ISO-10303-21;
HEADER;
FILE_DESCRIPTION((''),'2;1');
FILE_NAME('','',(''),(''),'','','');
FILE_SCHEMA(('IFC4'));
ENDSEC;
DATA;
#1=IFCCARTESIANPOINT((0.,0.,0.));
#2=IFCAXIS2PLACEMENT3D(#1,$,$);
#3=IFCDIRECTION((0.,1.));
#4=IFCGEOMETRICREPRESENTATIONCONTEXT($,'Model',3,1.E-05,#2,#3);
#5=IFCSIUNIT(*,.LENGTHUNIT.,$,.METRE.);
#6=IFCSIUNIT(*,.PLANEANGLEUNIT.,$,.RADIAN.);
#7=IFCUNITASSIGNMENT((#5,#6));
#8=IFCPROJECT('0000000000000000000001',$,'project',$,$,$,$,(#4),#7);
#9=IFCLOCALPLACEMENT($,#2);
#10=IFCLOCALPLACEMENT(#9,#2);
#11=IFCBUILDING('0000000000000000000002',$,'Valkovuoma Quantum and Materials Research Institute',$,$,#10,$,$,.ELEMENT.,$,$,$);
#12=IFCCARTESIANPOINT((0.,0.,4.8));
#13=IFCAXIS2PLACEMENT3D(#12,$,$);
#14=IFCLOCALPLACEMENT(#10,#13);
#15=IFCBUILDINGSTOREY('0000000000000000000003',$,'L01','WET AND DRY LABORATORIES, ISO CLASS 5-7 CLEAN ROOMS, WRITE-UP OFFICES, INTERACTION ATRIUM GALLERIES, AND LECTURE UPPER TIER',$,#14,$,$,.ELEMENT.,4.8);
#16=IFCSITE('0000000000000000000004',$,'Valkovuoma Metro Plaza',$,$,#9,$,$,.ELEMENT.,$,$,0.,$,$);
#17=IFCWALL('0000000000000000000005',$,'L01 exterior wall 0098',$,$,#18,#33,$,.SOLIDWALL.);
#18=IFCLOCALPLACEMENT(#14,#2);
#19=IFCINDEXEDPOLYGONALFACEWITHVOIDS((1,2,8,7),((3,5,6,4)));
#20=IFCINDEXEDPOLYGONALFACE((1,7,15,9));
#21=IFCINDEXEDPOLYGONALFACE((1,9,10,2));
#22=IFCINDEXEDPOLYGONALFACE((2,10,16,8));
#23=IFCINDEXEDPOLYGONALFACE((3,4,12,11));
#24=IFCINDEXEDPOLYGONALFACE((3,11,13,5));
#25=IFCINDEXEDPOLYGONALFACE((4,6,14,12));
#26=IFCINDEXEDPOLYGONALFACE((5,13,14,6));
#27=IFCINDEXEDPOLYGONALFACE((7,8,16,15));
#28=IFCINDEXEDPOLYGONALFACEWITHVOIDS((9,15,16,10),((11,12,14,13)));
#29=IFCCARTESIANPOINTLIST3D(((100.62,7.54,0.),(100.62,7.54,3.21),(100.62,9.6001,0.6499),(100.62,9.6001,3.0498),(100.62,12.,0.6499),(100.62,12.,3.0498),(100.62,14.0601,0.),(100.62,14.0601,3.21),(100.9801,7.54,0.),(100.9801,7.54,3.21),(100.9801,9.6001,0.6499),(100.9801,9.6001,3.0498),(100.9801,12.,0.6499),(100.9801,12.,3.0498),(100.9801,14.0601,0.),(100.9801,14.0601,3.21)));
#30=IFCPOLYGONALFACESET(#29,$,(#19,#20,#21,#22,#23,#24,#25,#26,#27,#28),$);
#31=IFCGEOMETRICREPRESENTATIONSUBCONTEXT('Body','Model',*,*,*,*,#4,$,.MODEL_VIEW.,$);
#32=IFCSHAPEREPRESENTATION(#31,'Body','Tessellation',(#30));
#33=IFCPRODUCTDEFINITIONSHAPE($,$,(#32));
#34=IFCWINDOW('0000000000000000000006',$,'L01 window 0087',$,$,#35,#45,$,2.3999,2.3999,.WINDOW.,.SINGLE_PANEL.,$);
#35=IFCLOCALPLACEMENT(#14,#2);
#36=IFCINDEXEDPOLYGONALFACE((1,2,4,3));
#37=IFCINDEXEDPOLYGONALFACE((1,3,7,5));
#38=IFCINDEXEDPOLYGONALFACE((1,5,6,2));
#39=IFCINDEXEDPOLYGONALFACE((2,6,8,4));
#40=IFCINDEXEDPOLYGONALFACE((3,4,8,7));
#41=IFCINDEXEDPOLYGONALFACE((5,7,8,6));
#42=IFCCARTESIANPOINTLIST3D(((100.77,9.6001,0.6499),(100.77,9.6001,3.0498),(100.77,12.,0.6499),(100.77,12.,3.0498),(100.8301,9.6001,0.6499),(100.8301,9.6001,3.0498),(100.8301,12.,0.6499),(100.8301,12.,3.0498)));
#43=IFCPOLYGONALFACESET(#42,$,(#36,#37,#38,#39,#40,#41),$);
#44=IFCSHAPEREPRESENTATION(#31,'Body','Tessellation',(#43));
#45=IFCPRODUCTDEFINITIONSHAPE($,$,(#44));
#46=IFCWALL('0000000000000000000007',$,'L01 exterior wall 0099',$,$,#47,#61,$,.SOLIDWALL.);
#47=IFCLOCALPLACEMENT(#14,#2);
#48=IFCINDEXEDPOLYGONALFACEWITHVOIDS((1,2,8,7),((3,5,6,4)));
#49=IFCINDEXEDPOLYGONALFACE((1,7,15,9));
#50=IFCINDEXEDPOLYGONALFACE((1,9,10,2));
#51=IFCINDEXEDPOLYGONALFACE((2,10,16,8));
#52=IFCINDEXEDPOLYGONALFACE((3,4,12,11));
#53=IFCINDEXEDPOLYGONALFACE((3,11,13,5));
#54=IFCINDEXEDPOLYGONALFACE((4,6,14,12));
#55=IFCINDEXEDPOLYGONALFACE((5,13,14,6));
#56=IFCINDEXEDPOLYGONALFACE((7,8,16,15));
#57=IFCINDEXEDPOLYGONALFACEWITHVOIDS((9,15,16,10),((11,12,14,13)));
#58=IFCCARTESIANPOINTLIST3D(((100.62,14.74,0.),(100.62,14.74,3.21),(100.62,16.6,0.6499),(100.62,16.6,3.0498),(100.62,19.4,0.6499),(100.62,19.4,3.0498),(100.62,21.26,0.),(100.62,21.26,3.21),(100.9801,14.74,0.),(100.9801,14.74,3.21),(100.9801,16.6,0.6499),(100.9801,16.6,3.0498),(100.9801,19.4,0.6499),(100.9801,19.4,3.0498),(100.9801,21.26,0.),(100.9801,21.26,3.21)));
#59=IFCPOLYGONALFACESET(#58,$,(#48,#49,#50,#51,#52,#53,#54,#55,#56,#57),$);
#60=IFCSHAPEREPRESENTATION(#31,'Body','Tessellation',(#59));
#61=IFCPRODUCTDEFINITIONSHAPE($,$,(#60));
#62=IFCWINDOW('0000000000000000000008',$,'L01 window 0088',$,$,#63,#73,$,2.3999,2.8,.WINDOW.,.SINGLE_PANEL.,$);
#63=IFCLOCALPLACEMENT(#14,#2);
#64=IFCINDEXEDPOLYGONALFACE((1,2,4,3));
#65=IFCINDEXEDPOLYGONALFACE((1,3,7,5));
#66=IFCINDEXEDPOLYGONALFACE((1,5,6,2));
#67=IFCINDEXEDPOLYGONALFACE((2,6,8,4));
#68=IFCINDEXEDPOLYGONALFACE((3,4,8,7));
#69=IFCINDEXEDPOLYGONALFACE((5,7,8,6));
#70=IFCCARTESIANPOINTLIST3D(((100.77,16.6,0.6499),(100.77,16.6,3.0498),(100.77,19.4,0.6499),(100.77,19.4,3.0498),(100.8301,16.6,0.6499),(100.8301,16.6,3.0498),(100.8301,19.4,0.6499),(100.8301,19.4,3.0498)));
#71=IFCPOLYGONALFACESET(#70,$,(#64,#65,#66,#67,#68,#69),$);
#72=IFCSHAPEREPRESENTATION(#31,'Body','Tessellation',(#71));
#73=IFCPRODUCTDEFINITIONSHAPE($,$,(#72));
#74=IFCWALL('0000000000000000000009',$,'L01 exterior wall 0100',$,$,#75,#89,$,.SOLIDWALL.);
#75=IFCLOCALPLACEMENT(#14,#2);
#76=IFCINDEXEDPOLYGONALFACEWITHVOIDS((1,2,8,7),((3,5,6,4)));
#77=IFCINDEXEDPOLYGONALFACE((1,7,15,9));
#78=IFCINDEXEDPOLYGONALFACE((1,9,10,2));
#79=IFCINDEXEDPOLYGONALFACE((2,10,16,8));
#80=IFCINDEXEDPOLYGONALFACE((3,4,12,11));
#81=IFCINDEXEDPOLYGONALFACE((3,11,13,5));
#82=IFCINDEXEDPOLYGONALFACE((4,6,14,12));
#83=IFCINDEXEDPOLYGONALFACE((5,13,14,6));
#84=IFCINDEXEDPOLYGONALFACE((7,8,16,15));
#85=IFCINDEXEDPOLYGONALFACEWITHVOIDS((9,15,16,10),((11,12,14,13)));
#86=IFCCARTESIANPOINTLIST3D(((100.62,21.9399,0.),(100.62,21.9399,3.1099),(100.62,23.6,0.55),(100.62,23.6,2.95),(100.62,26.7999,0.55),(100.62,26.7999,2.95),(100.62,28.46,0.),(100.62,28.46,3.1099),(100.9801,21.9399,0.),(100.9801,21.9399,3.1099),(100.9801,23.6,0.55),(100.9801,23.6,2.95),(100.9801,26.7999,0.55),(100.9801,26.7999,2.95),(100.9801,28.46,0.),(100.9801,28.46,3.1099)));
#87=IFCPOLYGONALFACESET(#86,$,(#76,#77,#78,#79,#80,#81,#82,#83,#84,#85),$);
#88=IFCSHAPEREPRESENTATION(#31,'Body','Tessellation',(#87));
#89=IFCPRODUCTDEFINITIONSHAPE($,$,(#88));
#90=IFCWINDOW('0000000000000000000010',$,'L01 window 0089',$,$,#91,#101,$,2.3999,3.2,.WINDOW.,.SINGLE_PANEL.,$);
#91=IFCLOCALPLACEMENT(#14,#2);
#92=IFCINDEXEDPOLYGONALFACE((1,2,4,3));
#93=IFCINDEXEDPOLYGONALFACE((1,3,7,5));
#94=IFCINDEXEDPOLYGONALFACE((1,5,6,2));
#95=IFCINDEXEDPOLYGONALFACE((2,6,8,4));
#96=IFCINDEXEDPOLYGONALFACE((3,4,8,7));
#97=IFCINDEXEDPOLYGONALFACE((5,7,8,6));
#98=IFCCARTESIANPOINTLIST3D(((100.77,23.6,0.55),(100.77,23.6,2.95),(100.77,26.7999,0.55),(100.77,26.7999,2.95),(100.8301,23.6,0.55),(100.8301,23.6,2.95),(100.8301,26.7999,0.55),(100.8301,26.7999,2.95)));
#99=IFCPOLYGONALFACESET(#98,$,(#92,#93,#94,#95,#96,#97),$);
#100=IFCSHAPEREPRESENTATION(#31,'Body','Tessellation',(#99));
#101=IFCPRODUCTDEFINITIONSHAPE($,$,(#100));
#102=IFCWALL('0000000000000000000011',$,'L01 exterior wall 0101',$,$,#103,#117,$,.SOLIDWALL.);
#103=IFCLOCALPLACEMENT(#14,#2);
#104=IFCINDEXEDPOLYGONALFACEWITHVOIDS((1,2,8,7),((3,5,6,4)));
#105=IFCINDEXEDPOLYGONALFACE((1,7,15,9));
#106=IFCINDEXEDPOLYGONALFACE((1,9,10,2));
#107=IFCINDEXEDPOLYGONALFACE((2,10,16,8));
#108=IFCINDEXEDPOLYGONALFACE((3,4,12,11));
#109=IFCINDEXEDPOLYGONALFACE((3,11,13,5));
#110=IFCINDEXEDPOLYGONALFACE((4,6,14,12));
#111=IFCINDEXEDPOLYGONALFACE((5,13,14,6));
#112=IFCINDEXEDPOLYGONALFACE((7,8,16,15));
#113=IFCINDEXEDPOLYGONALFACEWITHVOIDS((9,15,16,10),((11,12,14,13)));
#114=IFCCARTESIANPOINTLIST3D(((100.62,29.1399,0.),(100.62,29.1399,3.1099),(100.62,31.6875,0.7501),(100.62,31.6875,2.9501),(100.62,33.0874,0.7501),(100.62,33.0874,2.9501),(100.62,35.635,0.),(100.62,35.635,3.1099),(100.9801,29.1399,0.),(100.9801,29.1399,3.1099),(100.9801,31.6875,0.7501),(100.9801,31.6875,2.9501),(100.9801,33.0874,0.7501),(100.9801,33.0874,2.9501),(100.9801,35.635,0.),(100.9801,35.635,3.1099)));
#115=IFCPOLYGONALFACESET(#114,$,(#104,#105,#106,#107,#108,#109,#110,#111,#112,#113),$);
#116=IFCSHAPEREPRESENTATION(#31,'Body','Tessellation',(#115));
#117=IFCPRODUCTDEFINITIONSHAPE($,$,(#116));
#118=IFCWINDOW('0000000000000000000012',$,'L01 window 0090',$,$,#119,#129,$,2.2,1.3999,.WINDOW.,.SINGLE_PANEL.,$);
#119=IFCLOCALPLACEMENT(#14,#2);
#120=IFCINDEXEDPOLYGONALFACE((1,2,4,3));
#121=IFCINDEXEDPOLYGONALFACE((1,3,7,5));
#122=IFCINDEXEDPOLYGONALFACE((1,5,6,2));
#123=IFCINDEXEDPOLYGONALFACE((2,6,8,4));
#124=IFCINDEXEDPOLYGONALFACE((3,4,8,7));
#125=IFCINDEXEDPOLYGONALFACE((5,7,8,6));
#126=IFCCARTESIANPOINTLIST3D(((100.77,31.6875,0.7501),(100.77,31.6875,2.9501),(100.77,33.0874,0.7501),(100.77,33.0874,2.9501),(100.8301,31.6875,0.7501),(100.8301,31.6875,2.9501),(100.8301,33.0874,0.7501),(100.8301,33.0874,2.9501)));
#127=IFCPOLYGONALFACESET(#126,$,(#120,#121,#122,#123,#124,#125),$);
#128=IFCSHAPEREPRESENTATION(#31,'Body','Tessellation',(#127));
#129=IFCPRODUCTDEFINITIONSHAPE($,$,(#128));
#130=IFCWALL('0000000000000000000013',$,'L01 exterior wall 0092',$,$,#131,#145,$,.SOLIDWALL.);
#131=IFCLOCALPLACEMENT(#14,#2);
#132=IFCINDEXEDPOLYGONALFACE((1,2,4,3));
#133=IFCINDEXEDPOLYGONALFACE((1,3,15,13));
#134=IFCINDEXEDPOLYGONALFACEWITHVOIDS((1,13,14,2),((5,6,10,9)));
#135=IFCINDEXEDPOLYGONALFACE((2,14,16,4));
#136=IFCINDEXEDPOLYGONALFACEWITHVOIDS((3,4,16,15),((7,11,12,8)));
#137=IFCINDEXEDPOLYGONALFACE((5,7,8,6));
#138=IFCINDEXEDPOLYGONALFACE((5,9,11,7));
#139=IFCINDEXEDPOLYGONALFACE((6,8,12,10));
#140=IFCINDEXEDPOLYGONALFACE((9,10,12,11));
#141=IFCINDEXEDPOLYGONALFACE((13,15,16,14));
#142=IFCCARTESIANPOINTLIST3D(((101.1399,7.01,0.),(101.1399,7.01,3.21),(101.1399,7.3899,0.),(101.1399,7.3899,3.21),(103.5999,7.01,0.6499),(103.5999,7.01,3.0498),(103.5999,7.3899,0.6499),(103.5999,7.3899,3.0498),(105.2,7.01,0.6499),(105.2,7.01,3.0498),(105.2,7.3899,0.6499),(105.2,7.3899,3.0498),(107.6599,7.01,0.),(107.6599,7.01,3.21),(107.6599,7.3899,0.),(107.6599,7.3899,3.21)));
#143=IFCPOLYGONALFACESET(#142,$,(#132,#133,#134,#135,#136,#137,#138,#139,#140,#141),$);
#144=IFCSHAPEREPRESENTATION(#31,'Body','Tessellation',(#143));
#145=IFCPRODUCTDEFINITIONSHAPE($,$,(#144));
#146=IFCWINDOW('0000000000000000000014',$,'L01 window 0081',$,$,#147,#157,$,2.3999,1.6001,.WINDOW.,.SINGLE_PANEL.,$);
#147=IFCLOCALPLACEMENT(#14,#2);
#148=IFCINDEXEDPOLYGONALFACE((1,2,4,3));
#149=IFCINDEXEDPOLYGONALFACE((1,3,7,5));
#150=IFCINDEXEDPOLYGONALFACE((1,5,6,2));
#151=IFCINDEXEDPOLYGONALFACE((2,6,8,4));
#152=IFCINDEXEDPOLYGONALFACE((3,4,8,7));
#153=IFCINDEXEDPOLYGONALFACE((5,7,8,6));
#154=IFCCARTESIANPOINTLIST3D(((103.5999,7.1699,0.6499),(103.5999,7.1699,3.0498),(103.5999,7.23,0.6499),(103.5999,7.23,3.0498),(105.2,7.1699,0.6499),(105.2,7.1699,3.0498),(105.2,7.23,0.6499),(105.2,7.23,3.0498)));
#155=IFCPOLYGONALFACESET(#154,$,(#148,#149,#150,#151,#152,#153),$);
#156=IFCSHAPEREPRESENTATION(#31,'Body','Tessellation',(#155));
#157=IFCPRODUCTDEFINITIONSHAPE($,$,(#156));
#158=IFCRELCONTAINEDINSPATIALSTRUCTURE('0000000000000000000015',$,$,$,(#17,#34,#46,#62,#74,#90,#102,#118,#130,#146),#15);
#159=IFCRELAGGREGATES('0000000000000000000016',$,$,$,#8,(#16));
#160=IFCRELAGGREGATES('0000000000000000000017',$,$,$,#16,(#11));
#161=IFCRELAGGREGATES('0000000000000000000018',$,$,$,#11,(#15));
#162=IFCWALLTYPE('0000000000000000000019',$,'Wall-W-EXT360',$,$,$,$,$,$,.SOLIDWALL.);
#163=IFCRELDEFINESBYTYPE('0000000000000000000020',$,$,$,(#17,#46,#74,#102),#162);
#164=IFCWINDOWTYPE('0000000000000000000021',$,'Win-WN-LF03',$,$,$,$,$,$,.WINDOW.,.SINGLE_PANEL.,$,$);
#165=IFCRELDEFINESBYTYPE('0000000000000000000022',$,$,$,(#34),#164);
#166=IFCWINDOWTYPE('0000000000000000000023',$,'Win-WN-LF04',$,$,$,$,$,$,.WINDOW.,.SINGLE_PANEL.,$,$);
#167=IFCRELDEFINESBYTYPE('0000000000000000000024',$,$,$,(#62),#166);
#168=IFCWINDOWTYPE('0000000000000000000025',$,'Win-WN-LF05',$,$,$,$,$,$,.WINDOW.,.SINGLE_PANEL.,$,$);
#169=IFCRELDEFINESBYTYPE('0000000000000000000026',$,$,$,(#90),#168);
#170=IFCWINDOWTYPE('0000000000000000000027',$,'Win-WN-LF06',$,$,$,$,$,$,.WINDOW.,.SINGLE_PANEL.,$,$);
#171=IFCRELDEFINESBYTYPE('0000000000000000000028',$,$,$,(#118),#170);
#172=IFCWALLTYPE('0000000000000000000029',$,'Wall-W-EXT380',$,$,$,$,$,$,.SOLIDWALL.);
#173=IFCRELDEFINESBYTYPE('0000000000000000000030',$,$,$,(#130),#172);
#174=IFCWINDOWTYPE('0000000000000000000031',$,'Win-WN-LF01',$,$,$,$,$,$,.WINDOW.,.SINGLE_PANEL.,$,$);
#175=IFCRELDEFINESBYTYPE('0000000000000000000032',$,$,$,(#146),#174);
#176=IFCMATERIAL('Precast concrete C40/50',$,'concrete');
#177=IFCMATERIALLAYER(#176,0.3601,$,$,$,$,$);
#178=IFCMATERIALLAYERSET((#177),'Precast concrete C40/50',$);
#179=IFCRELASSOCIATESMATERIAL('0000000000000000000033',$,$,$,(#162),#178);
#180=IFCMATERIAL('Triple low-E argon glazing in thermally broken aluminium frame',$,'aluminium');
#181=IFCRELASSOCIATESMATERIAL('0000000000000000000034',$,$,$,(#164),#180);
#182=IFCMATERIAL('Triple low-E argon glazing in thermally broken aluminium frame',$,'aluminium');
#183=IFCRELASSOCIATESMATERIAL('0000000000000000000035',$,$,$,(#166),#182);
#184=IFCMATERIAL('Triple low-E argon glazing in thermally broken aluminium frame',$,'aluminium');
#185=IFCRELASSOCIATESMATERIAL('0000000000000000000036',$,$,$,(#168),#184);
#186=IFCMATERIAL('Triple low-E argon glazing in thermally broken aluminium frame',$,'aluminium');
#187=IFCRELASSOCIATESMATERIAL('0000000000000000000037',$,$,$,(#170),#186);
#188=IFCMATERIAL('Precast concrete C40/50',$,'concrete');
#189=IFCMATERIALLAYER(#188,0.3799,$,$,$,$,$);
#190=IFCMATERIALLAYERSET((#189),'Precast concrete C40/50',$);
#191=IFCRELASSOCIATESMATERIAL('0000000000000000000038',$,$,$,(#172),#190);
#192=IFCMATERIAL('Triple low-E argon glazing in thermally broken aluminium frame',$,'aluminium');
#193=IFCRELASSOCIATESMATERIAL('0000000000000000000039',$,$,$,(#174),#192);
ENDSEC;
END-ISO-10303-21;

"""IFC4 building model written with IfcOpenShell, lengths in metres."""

from ifc_helpers import new_model, si_unit, direction, frame, frame_2d, origin, place, context, subcontext, project, spatial, rectangle, extrude, material, layer, layer_set, type_object, element, fill, save


model = new_model("IFC4")

# Units and contexts
model_context = context("Model", 3, precision=1e-05, world=origin(), true_north=direction((0.0, 1.0)))
body_context = subcontext(model_context, "Body", "Model", "MODEL_VIEW")
ifc_project = project(units=[si_unit("LENGTHUNIT", "METRE"), si_unit("PLANEANGLEUNIT", "RADIAN")], contexts=[model_context])

# Site, building, storey
site_placement = place(None, origin())
site = spatial("IfcSite", under=ifc_project, at=site_placement, Name="Valkovuoma Metro Plaza", CompositionType="ELEMENT", RefElevation=0.0)
building_placement = place(site_placement, origin())
building = spatial("IfcBuilding", under=site, at=building_placement, Name="Valkovuoma Quantum and Materials Research Institute", CompositionType="ELEMENT")
storey_placement = place(building_placement, frame((0.0, 0.0, 4.8)))
storey = spatial("IfcBuildingStorey", under=building, at=storey_placement, Name="L01", Description="WET AND DRY LABORATORIES, ISO CLASS 5-7 CLEAN ROOMS, WRITE-UP OFFICES, INTERACTION ATRIUM GALLERIES, AND LECTURE UPPER TIER", CompositionType="ELEMENT", Elevation=4.8)

# Walls, openings, windows
ifc_material_1 = material(Name="Precast concrete C40/50", Category="concrete")
ifc_layer_1 = layer(ifc_material_1, 0.3601)
ifc_layer_set_1 = layer_set([ifc_layer_1], Name="Precast concrete C40/50")
wall_type_1 = type_object("IfcWallType", Name="Wall-W-EXT360", PredefinedType="SOLIDWALL", material=ifc_layer_set_1)
wall_1_placement = place(storey_placement, frame((100.8, 7.54, 0.0), z_axis=(0.0, 0.0, 1.0), x_axis=(0.0, 1.0, 0.0)))
wall_1 = element("IfcWall", 1, at=wall_1_placement, inside=storey, type_object=wall_type_1, Name="L01 exterior wall 0098", PredefinedType="SOLIDWALL", context=body_context, shape_type="SweptSolid", body=[
    extrude(rectangle(XDim=6.52, YDim=0.3601, at=frame_2d((3.26, 0.0))), origin(), (0.0, 0.0, 1.0), 3.21),
])
opening_1_placement = place(wall_1_placement, frame((2.0601, 0.0, 0.6499)))
opening_1 = element("IfcOpeningElement", 2, at=opening_1_placement, cuts=wall_1, PredefinedType="OPENING", context=body_context, shape_type="SweptSolid", body=[
    extrude(rectangle(XDim=2.3999, YDim=2.3999, at=frame_2d((1.2, 1.2))), frame((0.0, 0.1899, 0.0), z_axis=(0.0, -1.0, 0.0), x_axis=(1.0, 0.0, 0.0)), (0.0, 0.0, 1.0), 0.3801),
])
ifc_material_2 = material(Name="Triple low-E argon glazing in thermally broken aluminium frame", Category="aluminium")
window_type_1 = type_object("IfcWindowType", Name="Win-WN-LF03", PartitioningType="SINGLE_PANEL", PredefinedType="WINDOW", material=ifc_material_2)
window_1_placement = place(opening_1_placement, origin())
window_1 = element("IfcWindow", 3, at=window_1_placement, inside=storey, type_object=window_type_1, Name="L01 window 0087", OverallHeight=2.3999, OverallWidth=2.3999, PartitioningType="SINGLE_PANEL", PredefinedType="WINDOW", context=body_context, shape_type="SweptSolid", body=[
    extrude(rectangle(XDim=2.3999, YDim=2.3999, at=frame_2d((1.2, 1.2))), frame((0.0, 0.03, 0.0), z_axis=(0.0, -1.0, 0.0), x_axis=(1.0, 0.0, 0.0)), (0.0, 0.0, 1.0), 0.0601),
])
fill(opening_1, window_1)
wall_2_placement = place(storey_placement, frame((100.8, 14.74, 0.0), z_axis=(0.0, 0.0, 1.0), x_axis=(0.0, 1.0, 0.0)))
wall_2 = element("IfcWall", 4, at=wall_2_placement, inside=storey, type_object=wall_type_1, Name="L01 exterior wall 0099", PredefinedType="SOLIDWALL", context=body_context, shape_type="SweptSolid", body=[
    extrude(rectangle(XDim=6.52, YDim=0.3601, at=frame_2d((3.26, 0.0))), origin(), (0.0, 0.0, 1.0), 3.21),
])
opening_2_placement = place(wall_2_placement, frame((1.8601, 0.0, 0.6499)))
opening_2 = element("IfcOpeningElement", 5, at=opening_2_placement, cuts=wall_2, PredefinedType="OPENING", context=body_context, shape_type="SweptSolid", body=[
    extrude(rectangle(XDim=2.8, YDim=2.3999, at=frame_2d((1.3999, 1.2))), frame((0.0, 0.1899, 0.0), z_axis=(0.0, -1.0, 0.0), x_axis=(1.0, 0.0, 0.0)), (0.0, 0.0, 1.0), 0.3801),
])
ifc_material_3 = material(Name="Triple low-E argon glazing in thermally broken aluminium frame", Category="aluminium")
window_type_2 = type_object("IfcWindowType", Name="Win-WN-LF04", PartitioningType="SINGLE_PANEL", PredefinedType="WINDOW", material=ifc_material_3)
window_2_placement = place(opening_2_placement, origin())
window_2 = element("IfcWindow", 6, at=window_2_placement, inside=storey, type_object=window_type_2, Name="L01 window 0088", OverallHeight=2.3999, OverallWidth=2.8, PartitioningType="SINGLE_PANEL", PredefinedType="WINDOW", context=body_context, shape_type="SweptSolid", body=[
    extrude(rectangle(XDim=2.8, YDim=2.3999, at=frame_2d((1.3999, 1.2))), frame((0.0, 0.03, 0.0), z_axis=(0.0, -1.0, 0.0), x_axis=(1.0, 0.0, 0.0)), (0.0, 0.0, 1.0), 0.0601),
])
fill(opening_2, window_2)
wall_3_placement = place(storey_placement, frame((100.8, 21.9399, 0.0), z_axis=(0.0, 0.0, 1.0), x_axis=(0.0, 1.0, 0.0)))
wall_3 = element("IfcWall", 7, at=wall_3_placement, inside=storey, type_object=wall_type_1, Name="L01 exterior wall 0100", PredefinedType="SOLIDWALL", context=body_context, shape_type="SweptSolid", body=[
    extrude(rectangle(XDim=6.52, YDim=0.3601, at=frame_2d((3.26, 0.0))), origin(), (0.0, 0.0, 1.0), 3.1099),
])
opening_3_placement = place(wall_3_placement, frame((1.6599, 0.0, 0.55)))
opening_3 = element("IfcOpeningElement", 8, at=opening_3_placement, cuts=wall_3, PredefinedType="OPENING", context=body_context, shape_type="SweptSolid", body=[
    extrude(rectangle(XDim=3.2, YDim=2.3999, at=frame_2d((1.6001, 1.2))), frame((0.0, 0.1899, 0.0), z_axis=(0.0, -1.0, 0.0), x_axis=(1.0, 0.0, 0.0)), (0.0, 0.0, 1.0), 0.3801),
])
ifc_material_4 = material(Name="Triple low-E argon glazing in thermally broken aluminium frame", Category="aluminium")
window_type_3 = type_object("IfcWindowType", Name="Win-WN-LF05", PartitioningType="SINGLE_PANEL", PredefinedType="WINDOW", material=ifc_material_4)
window_3_placement = place(opening_3_placement, origin())
window_3 = element("IfcWindow", 9, at=window_3_placement, inside=storey, type_object=window_type_3, Name="L01 window 0089", OverallHeight=2.3999, OverallWidth=3.2, PartitioningType="SINGLE_PANEL", PredefinedType="WINDOW", context=body_context, shape_type="SweptSolid", body=[
    extrude(rectangle(XDim=3.2, YDim=2.3999, at=frame_2d((1.6001, 1.2))), frame((0.0, 0.03, 0.0), z_axis=(0.0, -1.0, 0.0), x_axis=(1.0, 0.0, 0.0)), (0.0, 0.0, 1.0), 0.0601),
])
fill(opening_3, window_3)
wall_4_placement = place(storey_placement, frame((100.8, 29.1399, 0.0), z_axis=(0.0, 0.0, 1.0), x_axis=(0.0, 1.0, 0.0)))
wall_4 = element("IfcWall", 10, at=wall_4_placement, inside=storey, type_object=wall_type_1, Name="L01 exterior wall 0101", PredefinedType="SOLIDWALL", context=body_context, shape_type="SweptSolid", body=[
    extrude(rectangle(XDim=6.4951, YDim=0.3601, at=frame_2d((3.2476, 0.0))), origin(), (0.0, 0.0, 1.0), 3.1099),
])
opening_4_placement = place(wall_4_placement, frame((2.5476, 0.0, 0.75)))
opening_4 = element("IfcOpeningElement", 11, at=opening_4_placement, cuts=wall_4, PredefinedType="OPENING", context=body_context, shape_type="SweptSolid", body=[
    extrude(rectangle(XDim=1.3999, YDim=2.2, at=frame_2d((0.7, 1.1001))), frame((0.0, 0.1899, 0.0), z_axis=(0.0, -1.0, 0.0), x_axis=(1.0, 0.0, 0.0)), (0.0, 0.0, 1.0), 0.3801),
])
ifc_material_5 = material(Name="Triple low-E argon glazing in thermally broken aluminium frame", Category="aluminium")
window_type_4 = type_object("IfcWindowType", Name="Win-WN-LF06", PartitioningType="SINGLE_PANEL", PredefinedType="WINDOW", material=ifc_material_5)
window_4_placement = place(opening_4_placement, origin())
window_4 = element("IfcWindow", 12, at=window_4_placement, inside=storey, type_object=window_type_4, Name="L01 window 0090", OverallHeight=2.2, OverallWidth=1.3999, PartitioningType="SINGLE_PANEL", PredefinedType="WINDOW", context=body_context, shape_type="SweptSolid", body=[
    extrude(rectangle(XDim=1.3999, YDim=2.2, at=frame_2d((0.7, 1.1001))), frame((0.0, 0.03, 0.0), z_axis=(0.0, -1.0, 0.0), x_axis=(1.0, 0.0, 0.0)), (0.0, 0.0, 1.0), 0.0601),
])
fill(opening_4, window_4)
ifc_material_6 = material(Name="Precast concrete C40/50", Category="concrete")
ifc_layer_2 = layer(ifc_material_6, 0.3799)
ifc_layer_set_2 = layer_set([ifc_layer_2], Name="Precast concrete C40/50")
wall_type_2 = type_object("IfcWallType", Name="Wall-W-EXT380", PredefinedType="SOLIDWALL", material=ifc_layer_set_2)
wall_5_placement = place(storey_placement, frame((101.1399, 7.2, 0.0), z_axis=(0.0, 0.0, 1.0), x_axis=(1.0, 0.0, 0.0)))
wall_5 = element("IfcWall", 13, at=wall_5_placement, inside=storey, type_object=wall_type_2, Name="L01 exterior wall 0092", PredefinedType="SOLIDWALL", context=body_context, shape_type="SweptSolid", body=[
    extrude(rectangle(XDim=6.52, YDim=0.3799, at=frame_2d((3.26, 0.0))), origin(), (0.0, 0.0, 1.0), 3.21),
])
opening_5_placement = place(wall_5_placement, frame((2.46, 0.0, 0.6499)))
opening_5 = element("IfcOpeningElement", 14, at=opening_5_placement, cuts=wall_5, PredefinedType="OPENING", context=body_context, shape_type="SweptSolid", body=[
    extrude(rectangle(XDim=1.6001, YDim=2.3999, at=frame_2d((0.8, 1.2))), frame((0.0, 0.2, 0.0), z_axis=(0.0, -1.0, 0.0), x_axis=(1.0, 0.0, 0.0)), (0.0, 0.0, 1.0), 0.3999),
])
ifc_material_7 = material(Name="Triple low-E argon glazing in thermally broken aluminium frame", Category="aluminium")
window_type_5 = type_object("IfcWindowType", Name="Win-WN-LF01", PartitioningType="SINGLE_PANEL", PredefinedType="WINDOW", material=ifc_material_7)
window_5_placement = place(opening_5_placement, origin())
window_5 = element("IfcWindow", 15, at=window_5_placement, inside=storey, type_object=window_type_5, Name="L01 window 0081", OverallHeight=2.3999, OverallWidth=1.6001, PartitioningType="SINGLE_PANEL", PredefinedType="WINDOW", context=body_context, shape_type="SweptSolid", body=[
    extrude(rectangle(XDim=1.6001, YDim=2.3999, at=frame_2d((0.8, 1.2))), frame((0.0, 0.03, 0.0), z_axis=(0.0, -1.0, 0.0), x_axis=(1.0, 0.0, 0.0)), (0.0, 0.0, 1.0), 0.0601),
])
fill(opening_5, window_5)

save(model, "model.ifc")
